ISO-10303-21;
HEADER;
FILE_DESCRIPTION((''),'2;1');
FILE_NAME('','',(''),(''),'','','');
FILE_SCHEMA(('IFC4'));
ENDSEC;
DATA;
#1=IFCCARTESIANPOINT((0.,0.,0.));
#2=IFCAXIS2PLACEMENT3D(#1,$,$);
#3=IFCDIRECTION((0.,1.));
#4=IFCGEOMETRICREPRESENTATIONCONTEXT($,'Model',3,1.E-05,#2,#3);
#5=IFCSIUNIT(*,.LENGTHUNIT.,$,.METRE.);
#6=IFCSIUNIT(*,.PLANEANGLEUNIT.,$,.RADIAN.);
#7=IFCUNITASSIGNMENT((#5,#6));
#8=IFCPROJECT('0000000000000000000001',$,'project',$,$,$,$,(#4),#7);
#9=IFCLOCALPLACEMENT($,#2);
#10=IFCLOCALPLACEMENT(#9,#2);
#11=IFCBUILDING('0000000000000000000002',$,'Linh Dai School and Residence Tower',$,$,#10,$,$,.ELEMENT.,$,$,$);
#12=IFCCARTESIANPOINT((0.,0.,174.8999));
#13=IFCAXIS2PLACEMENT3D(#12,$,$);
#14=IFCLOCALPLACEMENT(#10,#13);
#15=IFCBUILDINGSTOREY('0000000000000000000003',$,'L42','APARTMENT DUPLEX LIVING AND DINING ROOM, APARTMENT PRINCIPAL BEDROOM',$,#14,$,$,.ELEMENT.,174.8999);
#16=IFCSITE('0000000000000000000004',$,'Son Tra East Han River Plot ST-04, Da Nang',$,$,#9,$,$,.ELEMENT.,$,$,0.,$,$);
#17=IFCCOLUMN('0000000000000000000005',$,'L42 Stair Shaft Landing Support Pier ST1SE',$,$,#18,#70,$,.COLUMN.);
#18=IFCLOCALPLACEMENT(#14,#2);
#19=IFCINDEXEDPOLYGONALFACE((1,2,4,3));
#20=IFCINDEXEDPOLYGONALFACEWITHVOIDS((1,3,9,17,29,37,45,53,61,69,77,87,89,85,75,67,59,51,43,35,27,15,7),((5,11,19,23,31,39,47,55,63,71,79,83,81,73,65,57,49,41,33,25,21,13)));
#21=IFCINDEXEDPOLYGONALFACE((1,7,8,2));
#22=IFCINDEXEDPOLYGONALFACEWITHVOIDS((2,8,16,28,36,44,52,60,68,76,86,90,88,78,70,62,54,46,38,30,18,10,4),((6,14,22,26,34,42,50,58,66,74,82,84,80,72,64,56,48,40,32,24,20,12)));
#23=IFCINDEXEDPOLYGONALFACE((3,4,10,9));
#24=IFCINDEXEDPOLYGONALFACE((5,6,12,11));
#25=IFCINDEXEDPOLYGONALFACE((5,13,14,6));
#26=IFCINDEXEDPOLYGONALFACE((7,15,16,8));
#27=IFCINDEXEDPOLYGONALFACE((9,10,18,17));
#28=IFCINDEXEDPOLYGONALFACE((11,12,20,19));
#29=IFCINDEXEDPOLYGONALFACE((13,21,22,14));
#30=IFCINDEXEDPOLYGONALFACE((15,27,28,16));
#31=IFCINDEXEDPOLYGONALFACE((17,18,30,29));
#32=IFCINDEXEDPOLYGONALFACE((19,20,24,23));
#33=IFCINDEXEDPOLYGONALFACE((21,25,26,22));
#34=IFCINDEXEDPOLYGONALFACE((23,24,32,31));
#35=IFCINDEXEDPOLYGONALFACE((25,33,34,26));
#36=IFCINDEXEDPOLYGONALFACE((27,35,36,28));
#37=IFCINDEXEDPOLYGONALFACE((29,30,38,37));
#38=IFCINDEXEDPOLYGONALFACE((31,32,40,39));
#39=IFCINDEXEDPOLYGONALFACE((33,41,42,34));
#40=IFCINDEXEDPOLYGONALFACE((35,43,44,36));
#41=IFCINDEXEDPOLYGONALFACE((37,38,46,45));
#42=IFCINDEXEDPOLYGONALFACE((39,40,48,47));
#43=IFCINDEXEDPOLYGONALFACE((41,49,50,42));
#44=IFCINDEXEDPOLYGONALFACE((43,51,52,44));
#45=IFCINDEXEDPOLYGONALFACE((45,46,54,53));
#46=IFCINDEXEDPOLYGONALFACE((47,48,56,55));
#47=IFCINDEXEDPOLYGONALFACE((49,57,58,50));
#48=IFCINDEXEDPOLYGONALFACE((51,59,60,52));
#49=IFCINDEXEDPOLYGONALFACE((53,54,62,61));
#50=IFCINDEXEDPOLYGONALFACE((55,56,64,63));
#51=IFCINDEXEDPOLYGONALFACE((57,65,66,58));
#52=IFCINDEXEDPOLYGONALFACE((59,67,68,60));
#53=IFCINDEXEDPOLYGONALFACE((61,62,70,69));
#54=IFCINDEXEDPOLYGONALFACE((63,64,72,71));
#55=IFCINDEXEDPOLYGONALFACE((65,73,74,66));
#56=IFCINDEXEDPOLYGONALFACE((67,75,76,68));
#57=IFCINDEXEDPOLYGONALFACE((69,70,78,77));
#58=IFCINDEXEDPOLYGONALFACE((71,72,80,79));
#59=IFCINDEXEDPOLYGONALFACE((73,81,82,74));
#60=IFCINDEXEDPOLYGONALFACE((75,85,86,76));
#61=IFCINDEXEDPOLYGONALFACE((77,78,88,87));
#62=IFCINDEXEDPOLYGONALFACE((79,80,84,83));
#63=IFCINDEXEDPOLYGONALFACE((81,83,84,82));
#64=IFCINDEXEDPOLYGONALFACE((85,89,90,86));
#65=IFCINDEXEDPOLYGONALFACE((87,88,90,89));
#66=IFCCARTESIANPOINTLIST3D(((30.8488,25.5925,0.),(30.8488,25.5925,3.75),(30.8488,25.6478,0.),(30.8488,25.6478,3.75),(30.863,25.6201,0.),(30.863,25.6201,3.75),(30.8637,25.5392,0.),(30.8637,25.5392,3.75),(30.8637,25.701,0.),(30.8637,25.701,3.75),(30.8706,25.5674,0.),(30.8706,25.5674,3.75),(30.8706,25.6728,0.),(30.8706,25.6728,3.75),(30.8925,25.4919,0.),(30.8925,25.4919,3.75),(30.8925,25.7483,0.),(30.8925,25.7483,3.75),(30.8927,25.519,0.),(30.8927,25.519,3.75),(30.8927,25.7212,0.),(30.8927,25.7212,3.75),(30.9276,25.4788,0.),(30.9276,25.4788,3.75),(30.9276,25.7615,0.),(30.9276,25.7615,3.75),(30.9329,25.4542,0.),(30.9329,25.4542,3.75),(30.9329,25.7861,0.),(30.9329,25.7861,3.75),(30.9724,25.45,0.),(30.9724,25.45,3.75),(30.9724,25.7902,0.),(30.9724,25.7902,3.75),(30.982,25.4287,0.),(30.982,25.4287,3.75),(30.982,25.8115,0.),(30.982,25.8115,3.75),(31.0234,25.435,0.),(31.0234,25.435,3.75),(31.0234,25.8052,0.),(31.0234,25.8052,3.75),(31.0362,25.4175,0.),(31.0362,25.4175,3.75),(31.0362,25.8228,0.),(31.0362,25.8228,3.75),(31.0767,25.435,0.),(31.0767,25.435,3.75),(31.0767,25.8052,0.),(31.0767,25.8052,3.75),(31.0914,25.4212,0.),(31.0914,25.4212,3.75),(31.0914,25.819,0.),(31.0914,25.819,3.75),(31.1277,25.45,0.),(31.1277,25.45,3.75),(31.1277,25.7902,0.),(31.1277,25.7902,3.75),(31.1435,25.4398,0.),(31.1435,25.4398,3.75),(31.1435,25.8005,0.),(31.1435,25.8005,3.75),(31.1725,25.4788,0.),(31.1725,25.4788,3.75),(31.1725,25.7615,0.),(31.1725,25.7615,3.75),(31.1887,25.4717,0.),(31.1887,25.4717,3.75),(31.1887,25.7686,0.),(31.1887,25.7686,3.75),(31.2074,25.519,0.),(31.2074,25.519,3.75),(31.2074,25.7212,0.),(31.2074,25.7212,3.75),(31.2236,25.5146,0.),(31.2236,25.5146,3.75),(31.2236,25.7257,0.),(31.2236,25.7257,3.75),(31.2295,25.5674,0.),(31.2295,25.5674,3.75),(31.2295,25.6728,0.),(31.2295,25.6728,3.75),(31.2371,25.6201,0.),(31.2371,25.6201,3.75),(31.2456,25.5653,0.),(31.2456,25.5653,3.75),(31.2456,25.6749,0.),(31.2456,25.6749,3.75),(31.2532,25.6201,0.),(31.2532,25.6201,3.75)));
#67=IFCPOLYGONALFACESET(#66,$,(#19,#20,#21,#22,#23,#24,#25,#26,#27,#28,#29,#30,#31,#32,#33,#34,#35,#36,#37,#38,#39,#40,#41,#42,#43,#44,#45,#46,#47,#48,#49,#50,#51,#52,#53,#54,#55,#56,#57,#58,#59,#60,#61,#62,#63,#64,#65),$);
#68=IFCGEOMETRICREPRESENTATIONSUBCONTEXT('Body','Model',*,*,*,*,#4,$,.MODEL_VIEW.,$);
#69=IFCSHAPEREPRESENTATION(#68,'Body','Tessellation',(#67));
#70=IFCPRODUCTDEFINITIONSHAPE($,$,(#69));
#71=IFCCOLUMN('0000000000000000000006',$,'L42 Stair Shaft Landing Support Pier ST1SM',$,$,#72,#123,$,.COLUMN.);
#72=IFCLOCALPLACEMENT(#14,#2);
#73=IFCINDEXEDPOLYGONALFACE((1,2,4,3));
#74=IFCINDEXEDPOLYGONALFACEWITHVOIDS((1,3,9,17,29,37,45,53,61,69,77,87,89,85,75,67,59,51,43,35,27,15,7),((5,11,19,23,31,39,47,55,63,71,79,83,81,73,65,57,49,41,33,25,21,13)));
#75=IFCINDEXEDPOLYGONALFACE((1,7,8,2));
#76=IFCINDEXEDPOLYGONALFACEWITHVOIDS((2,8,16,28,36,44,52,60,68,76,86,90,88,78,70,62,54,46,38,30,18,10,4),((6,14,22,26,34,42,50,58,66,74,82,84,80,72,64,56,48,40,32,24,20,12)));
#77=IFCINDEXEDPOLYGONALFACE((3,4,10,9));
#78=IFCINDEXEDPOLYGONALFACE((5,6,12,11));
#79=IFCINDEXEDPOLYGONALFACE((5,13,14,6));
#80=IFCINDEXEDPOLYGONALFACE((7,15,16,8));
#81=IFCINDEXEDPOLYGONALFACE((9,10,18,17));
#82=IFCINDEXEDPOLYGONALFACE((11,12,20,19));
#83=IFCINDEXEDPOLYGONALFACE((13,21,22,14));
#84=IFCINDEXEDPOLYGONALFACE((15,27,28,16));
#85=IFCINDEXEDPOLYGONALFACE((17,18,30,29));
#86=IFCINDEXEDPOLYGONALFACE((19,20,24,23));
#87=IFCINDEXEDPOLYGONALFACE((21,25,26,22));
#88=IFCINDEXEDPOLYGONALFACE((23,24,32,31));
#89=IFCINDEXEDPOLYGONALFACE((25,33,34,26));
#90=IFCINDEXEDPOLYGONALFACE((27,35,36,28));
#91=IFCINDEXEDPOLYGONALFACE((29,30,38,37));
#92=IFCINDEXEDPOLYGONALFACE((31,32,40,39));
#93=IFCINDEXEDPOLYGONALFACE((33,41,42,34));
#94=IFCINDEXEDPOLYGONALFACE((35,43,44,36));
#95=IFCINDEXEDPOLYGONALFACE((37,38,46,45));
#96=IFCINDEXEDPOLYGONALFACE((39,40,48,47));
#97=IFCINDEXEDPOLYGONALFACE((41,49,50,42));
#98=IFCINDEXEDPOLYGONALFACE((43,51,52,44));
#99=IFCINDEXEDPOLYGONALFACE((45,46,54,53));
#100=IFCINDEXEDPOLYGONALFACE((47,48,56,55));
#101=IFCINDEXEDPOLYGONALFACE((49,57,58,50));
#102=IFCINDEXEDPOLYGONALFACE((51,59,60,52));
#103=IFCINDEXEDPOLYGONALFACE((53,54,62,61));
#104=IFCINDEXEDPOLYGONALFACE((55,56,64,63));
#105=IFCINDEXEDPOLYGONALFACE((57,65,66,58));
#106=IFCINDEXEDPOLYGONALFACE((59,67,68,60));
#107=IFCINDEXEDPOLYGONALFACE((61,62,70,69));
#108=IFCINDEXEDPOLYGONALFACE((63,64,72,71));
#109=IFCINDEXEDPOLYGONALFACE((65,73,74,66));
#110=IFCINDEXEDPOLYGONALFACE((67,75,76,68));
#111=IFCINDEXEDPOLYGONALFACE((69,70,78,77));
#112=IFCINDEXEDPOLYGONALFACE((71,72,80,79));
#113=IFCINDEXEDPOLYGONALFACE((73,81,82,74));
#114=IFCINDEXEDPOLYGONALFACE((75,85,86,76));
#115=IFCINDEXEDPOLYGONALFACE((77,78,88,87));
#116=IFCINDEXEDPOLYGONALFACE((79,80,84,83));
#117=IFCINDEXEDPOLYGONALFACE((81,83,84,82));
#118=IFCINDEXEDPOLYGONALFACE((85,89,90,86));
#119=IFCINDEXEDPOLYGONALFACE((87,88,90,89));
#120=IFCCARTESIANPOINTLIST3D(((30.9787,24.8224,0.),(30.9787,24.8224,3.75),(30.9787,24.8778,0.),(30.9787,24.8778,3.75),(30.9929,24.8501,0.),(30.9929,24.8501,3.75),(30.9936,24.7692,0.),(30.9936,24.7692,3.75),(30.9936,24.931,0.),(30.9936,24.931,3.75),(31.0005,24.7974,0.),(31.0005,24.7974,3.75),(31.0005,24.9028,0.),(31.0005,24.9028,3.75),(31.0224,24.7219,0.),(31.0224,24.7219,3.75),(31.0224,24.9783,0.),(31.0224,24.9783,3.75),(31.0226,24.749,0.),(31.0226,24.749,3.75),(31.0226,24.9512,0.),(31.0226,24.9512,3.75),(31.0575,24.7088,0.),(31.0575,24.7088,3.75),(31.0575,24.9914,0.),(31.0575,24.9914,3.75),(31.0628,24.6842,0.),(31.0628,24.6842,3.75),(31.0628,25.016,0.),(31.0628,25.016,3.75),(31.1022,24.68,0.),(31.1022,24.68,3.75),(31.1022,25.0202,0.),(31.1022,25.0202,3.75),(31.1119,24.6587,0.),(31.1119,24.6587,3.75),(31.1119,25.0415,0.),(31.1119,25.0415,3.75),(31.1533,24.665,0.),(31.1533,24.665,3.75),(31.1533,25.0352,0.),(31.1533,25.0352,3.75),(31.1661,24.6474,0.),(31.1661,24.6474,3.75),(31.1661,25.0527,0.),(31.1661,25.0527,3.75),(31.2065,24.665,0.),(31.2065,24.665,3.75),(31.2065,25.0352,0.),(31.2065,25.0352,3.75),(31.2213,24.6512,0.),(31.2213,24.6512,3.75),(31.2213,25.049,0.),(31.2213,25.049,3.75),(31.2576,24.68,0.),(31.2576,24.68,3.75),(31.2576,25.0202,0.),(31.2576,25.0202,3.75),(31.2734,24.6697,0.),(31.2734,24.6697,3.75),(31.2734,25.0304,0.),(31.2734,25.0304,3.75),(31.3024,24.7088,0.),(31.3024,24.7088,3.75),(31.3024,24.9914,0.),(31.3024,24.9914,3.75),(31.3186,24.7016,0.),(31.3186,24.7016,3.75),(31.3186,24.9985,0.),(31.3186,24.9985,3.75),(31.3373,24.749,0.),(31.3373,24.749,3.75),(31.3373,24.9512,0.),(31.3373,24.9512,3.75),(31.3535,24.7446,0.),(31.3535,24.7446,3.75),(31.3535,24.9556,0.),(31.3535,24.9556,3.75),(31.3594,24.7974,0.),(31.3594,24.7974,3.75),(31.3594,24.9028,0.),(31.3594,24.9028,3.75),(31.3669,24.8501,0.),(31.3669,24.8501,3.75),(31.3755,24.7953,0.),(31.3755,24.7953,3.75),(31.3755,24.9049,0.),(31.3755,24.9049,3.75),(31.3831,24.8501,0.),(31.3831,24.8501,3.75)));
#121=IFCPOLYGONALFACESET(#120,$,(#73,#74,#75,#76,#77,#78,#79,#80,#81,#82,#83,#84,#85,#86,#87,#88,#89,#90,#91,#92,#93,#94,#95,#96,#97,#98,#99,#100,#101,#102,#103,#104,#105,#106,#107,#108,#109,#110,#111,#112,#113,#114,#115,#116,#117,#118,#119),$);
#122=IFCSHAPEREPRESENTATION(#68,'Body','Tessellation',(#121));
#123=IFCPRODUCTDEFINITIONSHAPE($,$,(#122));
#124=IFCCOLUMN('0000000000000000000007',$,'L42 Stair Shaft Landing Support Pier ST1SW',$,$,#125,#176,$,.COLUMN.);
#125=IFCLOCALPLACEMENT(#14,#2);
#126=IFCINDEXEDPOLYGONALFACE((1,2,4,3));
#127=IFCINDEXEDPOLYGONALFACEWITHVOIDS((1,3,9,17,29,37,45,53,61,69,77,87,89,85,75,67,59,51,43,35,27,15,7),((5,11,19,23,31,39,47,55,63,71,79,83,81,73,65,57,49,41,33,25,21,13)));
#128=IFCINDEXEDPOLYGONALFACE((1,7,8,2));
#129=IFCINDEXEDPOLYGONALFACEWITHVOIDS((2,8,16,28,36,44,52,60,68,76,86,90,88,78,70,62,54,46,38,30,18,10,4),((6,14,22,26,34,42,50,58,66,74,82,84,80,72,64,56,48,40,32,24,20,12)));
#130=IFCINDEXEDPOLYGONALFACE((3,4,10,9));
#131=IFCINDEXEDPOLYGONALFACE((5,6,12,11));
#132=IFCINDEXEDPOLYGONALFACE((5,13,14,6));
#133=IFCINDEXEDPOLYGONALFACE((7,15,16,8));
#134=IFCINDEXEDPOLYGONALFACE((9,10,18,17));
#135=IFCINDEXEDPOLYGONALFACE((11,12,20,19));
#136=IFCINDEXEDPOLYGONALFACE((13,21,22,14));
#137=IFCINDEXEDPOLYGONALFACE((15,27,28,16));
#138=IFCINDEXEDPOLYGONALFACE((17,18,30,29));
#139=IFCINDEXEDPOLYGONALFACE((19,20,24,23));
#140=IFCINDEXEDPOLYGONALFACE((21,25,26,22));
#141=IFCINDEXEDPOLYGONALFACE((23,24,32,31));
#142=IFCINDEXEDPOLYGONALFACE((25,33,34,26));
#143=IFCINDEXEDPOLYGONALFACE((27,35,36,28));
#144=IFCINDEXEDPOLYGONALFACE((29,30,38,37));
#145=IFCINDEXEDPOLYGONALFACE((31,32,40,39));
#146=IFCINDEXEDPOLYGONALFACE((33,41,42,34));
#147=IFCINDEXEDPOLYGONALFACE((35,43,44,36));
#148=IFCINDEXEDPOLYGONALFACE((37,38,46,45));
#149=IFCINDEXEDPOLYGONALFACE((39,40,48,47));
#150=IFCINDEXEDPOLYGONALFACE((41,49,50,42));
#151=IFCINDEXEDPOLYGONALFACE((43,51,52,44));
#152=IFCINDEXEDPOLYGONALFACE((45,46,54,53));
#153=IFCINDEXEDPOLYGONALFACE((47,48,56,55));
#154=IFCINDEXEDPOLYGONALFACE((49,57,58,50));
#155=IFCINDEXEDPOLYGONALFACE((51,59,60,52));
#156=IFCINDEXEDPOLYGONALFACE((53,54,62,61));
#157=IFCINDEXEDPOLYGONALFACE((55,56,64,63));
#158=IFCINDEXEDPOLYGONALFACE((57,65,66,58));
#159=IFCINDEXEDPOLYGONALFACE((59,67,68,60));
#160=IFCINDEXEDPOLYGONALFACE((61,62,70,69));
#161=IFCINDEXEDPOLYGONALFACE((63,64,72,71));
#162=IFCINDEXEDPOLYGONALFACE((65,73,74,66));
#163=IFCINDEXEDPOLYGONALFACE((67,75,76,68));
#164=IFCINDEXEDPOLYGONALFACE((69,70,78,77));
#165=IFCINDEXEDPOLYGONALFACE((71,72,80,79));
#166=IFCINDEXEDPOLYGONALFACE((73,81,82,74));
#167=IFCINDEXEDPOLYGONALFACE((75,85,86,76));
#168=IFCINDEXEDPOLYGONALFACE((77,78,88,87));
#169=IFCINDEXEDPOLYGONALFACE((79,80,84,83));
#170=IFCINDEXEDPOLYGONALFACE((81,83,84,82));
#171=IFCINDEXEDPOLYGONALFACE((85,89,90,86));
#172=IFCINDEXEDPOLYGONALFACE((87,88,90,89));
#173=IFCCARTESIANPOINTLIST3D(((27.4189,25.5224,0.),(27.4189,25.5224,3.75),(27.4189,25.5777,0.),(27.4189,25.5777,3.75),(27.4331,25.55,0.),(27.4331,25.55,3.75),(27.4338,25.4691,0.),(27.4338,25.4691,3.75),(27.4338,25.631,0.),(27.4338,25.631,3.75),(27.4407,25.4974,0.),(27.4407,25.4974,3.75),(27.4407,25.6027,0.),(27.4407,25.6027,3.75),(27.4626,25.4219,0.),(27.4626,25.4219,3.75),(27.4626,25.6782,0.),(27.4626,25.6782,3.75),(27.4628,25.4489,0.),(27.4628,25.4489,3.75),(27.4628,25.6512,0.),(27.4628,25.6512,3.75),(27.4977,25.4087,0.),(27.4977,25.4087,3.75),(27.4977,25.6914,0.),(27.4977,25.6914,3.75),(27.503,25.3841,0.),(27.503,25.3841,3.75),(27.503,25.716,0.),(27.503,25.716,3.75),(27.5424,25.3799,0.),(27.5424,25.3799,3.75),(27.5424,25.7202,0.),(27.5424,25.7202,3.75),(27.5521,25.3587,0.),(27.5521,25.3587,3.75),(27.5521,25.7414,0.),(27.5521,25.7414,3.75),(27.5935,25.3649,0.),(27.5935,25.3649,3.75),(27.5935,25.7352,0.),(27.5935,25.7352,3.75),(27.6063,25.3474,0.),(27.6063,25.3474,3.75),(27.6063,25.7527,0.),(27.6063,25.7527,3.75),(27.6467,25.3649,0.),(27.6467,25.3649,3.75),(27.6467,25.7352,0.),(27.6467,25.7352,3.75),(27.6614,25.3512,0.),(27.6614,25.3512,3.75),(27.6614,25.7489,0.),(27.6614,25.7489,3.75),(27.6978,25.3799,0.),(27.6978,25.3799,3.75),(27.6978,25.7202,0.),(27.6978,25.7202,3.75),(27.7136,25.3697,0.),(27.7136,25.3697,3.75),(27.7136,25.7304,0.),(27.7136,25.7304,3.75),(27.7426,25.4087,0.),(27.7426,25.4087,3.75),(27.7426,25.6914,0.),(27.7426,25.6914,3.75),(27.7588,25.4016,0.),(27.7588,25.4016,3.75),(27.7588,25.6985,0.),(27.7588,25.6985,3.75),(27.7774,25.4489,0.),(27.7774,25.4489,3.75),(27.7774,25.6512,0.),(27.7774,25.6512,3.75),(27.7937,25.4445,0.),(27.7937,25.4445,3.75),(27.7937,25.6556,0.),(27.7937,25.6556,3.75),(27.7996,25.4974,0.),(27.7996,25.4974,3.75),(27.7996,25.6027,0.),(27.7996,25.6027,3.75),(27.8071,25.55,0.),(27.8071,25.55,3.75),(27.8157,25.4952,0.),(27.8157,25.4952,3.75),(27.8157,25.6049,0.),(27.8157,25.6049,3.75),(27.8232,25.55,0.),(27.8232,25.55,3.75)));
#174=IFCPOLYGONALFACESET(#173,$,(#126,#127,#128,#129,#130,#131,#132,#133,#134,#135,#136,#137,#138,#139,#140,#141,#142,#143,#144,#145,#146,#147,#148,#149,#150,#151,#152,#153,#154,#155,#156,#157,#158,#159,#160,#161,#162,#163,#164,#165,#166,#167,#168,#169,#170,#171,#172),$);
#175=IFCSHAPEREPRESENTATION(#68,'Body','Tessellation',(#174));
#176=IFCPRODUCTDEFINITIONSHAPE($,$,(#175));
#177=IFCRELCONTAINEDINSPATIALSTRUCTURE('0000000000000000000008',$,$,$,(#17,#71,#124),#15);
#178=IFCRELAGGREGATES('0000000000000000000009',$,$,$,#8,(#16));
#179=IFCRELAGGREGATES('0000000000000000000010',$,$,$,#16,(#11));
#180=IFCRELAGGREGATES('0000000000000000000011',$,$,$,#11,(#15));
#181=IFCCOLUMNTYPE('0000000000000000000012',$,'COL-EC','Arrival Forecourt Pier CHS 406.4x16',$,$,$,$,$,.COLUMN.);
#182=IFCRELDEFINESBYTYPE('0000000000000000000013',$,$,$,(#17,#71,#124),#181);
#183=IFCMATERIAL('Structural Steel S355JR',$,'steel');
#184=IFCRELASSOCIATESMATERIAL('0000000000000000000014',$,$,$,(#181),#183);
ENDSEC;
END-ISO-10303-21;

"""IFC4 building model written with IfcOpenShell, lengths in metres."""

from ifc_helpers import new_model, si_unit, direction, frame, origin, origin_2d, place, context, subcontext, project, spatial, hollow_circle, extrude, material, material_profile, profile_set, type_object, element, save


model = new_model("IFC4")

# Units and contexts
model_context = context("Model", 3, precision=1e-05, world=origin(), true_north=direction((0.0, 1.0)))
body_context = subcontext(model_context, "Body", "Model", "MODEL_VIEW")
ifc_project = project(units=[si_unit("LENGTHUNIT", "METRE"), si_unit("PLANEANGLEUNIT", "RADIAN")], contexts=[model_context])

# Site, building, storey
site_placement = place(None, origin())
site = spatial("IfcSite", under=ifc_project, at=site_placement, Name="Son Tra East Han River Plot ST-04, Da Nang", CompositionType="ELEMENT", RefElevation=0.0)
building_placement = place(site_placement, origin())
building = spatial("IfcBuilding", under=site, at=building_placement, Name="Linh Dai School and Residence Tower", CompositionType="ELEMENT")
storey_placement = place(building_placement, frame((0.0, 0.0, 174.8999)))
storey = spatial("IfcBuildingStorey", under=building, at=storey_placement, Name="L42", Description="APARTMENT DUPLEX LIVING AND DINING ROOM, APARTMENT PRINCIPAL BEDROOM", CompositionType="ELEMENT", Elevation=174.8999)

# Columns
ifc_material_1 = material(Name="Structural Steel S355JR", Category="steel")
ifc_material_profile_1 = material_profile(ifc_material_1, hollow_circle(Radius=0.2031, WallThickness=0.0161, at=origin_2d()), Name="CHS 406.4x16")
ifc_profile_set_1 = profile_set([ifc_material_profile_1], Name="Structural Steel S355JR")
column_type_1 = type_object("IfcColumnType", Name="COL-EC", Description="Arrival Forecourt Pier CHS 406.4x16", PredefinedType="COLUMN", material=ifc_profile_set_1)
for number, where, z_axis, x_axis, name in (
    (1, (31.05, 25.6201, 0.0), (0.0, 0.0, 1.0), (1.0, 0.0, 0.0), "L42 Stair Shaft Landing Support Pier ST1SE"),
    (2, (31.1799, 24.8501, 0.0), (0.0, 0.0, 1.0), (1.0, 0.0, 0.0), "L42 Stair Shaft Landing Support Pier ST1SM"),
    (3, (27.6201, 25.55, 0.0), (0.0, 0.0, 1.0), (1.0, 0.0, 0.0), "L42 Stair Shaft Landing Support Pier ST1SW"),
):
    element("IfcColumn", number, at=place(storey_placement, frame(where, z_axis=z_axis, x_axis=x_axis)), inside=storey, type_object=column_type_1, Name=name, PredefinedType="COLUMN", context=body_context, shape_type="SweptSolid", body=[
        extrude(hollow_circle(Radius=0.2031, WallThickness=0.0161, at=origin_2d()), origin(), (0.0, 0.0, 1.0), 3.75),
    ])

save(model, "model.ifc")
